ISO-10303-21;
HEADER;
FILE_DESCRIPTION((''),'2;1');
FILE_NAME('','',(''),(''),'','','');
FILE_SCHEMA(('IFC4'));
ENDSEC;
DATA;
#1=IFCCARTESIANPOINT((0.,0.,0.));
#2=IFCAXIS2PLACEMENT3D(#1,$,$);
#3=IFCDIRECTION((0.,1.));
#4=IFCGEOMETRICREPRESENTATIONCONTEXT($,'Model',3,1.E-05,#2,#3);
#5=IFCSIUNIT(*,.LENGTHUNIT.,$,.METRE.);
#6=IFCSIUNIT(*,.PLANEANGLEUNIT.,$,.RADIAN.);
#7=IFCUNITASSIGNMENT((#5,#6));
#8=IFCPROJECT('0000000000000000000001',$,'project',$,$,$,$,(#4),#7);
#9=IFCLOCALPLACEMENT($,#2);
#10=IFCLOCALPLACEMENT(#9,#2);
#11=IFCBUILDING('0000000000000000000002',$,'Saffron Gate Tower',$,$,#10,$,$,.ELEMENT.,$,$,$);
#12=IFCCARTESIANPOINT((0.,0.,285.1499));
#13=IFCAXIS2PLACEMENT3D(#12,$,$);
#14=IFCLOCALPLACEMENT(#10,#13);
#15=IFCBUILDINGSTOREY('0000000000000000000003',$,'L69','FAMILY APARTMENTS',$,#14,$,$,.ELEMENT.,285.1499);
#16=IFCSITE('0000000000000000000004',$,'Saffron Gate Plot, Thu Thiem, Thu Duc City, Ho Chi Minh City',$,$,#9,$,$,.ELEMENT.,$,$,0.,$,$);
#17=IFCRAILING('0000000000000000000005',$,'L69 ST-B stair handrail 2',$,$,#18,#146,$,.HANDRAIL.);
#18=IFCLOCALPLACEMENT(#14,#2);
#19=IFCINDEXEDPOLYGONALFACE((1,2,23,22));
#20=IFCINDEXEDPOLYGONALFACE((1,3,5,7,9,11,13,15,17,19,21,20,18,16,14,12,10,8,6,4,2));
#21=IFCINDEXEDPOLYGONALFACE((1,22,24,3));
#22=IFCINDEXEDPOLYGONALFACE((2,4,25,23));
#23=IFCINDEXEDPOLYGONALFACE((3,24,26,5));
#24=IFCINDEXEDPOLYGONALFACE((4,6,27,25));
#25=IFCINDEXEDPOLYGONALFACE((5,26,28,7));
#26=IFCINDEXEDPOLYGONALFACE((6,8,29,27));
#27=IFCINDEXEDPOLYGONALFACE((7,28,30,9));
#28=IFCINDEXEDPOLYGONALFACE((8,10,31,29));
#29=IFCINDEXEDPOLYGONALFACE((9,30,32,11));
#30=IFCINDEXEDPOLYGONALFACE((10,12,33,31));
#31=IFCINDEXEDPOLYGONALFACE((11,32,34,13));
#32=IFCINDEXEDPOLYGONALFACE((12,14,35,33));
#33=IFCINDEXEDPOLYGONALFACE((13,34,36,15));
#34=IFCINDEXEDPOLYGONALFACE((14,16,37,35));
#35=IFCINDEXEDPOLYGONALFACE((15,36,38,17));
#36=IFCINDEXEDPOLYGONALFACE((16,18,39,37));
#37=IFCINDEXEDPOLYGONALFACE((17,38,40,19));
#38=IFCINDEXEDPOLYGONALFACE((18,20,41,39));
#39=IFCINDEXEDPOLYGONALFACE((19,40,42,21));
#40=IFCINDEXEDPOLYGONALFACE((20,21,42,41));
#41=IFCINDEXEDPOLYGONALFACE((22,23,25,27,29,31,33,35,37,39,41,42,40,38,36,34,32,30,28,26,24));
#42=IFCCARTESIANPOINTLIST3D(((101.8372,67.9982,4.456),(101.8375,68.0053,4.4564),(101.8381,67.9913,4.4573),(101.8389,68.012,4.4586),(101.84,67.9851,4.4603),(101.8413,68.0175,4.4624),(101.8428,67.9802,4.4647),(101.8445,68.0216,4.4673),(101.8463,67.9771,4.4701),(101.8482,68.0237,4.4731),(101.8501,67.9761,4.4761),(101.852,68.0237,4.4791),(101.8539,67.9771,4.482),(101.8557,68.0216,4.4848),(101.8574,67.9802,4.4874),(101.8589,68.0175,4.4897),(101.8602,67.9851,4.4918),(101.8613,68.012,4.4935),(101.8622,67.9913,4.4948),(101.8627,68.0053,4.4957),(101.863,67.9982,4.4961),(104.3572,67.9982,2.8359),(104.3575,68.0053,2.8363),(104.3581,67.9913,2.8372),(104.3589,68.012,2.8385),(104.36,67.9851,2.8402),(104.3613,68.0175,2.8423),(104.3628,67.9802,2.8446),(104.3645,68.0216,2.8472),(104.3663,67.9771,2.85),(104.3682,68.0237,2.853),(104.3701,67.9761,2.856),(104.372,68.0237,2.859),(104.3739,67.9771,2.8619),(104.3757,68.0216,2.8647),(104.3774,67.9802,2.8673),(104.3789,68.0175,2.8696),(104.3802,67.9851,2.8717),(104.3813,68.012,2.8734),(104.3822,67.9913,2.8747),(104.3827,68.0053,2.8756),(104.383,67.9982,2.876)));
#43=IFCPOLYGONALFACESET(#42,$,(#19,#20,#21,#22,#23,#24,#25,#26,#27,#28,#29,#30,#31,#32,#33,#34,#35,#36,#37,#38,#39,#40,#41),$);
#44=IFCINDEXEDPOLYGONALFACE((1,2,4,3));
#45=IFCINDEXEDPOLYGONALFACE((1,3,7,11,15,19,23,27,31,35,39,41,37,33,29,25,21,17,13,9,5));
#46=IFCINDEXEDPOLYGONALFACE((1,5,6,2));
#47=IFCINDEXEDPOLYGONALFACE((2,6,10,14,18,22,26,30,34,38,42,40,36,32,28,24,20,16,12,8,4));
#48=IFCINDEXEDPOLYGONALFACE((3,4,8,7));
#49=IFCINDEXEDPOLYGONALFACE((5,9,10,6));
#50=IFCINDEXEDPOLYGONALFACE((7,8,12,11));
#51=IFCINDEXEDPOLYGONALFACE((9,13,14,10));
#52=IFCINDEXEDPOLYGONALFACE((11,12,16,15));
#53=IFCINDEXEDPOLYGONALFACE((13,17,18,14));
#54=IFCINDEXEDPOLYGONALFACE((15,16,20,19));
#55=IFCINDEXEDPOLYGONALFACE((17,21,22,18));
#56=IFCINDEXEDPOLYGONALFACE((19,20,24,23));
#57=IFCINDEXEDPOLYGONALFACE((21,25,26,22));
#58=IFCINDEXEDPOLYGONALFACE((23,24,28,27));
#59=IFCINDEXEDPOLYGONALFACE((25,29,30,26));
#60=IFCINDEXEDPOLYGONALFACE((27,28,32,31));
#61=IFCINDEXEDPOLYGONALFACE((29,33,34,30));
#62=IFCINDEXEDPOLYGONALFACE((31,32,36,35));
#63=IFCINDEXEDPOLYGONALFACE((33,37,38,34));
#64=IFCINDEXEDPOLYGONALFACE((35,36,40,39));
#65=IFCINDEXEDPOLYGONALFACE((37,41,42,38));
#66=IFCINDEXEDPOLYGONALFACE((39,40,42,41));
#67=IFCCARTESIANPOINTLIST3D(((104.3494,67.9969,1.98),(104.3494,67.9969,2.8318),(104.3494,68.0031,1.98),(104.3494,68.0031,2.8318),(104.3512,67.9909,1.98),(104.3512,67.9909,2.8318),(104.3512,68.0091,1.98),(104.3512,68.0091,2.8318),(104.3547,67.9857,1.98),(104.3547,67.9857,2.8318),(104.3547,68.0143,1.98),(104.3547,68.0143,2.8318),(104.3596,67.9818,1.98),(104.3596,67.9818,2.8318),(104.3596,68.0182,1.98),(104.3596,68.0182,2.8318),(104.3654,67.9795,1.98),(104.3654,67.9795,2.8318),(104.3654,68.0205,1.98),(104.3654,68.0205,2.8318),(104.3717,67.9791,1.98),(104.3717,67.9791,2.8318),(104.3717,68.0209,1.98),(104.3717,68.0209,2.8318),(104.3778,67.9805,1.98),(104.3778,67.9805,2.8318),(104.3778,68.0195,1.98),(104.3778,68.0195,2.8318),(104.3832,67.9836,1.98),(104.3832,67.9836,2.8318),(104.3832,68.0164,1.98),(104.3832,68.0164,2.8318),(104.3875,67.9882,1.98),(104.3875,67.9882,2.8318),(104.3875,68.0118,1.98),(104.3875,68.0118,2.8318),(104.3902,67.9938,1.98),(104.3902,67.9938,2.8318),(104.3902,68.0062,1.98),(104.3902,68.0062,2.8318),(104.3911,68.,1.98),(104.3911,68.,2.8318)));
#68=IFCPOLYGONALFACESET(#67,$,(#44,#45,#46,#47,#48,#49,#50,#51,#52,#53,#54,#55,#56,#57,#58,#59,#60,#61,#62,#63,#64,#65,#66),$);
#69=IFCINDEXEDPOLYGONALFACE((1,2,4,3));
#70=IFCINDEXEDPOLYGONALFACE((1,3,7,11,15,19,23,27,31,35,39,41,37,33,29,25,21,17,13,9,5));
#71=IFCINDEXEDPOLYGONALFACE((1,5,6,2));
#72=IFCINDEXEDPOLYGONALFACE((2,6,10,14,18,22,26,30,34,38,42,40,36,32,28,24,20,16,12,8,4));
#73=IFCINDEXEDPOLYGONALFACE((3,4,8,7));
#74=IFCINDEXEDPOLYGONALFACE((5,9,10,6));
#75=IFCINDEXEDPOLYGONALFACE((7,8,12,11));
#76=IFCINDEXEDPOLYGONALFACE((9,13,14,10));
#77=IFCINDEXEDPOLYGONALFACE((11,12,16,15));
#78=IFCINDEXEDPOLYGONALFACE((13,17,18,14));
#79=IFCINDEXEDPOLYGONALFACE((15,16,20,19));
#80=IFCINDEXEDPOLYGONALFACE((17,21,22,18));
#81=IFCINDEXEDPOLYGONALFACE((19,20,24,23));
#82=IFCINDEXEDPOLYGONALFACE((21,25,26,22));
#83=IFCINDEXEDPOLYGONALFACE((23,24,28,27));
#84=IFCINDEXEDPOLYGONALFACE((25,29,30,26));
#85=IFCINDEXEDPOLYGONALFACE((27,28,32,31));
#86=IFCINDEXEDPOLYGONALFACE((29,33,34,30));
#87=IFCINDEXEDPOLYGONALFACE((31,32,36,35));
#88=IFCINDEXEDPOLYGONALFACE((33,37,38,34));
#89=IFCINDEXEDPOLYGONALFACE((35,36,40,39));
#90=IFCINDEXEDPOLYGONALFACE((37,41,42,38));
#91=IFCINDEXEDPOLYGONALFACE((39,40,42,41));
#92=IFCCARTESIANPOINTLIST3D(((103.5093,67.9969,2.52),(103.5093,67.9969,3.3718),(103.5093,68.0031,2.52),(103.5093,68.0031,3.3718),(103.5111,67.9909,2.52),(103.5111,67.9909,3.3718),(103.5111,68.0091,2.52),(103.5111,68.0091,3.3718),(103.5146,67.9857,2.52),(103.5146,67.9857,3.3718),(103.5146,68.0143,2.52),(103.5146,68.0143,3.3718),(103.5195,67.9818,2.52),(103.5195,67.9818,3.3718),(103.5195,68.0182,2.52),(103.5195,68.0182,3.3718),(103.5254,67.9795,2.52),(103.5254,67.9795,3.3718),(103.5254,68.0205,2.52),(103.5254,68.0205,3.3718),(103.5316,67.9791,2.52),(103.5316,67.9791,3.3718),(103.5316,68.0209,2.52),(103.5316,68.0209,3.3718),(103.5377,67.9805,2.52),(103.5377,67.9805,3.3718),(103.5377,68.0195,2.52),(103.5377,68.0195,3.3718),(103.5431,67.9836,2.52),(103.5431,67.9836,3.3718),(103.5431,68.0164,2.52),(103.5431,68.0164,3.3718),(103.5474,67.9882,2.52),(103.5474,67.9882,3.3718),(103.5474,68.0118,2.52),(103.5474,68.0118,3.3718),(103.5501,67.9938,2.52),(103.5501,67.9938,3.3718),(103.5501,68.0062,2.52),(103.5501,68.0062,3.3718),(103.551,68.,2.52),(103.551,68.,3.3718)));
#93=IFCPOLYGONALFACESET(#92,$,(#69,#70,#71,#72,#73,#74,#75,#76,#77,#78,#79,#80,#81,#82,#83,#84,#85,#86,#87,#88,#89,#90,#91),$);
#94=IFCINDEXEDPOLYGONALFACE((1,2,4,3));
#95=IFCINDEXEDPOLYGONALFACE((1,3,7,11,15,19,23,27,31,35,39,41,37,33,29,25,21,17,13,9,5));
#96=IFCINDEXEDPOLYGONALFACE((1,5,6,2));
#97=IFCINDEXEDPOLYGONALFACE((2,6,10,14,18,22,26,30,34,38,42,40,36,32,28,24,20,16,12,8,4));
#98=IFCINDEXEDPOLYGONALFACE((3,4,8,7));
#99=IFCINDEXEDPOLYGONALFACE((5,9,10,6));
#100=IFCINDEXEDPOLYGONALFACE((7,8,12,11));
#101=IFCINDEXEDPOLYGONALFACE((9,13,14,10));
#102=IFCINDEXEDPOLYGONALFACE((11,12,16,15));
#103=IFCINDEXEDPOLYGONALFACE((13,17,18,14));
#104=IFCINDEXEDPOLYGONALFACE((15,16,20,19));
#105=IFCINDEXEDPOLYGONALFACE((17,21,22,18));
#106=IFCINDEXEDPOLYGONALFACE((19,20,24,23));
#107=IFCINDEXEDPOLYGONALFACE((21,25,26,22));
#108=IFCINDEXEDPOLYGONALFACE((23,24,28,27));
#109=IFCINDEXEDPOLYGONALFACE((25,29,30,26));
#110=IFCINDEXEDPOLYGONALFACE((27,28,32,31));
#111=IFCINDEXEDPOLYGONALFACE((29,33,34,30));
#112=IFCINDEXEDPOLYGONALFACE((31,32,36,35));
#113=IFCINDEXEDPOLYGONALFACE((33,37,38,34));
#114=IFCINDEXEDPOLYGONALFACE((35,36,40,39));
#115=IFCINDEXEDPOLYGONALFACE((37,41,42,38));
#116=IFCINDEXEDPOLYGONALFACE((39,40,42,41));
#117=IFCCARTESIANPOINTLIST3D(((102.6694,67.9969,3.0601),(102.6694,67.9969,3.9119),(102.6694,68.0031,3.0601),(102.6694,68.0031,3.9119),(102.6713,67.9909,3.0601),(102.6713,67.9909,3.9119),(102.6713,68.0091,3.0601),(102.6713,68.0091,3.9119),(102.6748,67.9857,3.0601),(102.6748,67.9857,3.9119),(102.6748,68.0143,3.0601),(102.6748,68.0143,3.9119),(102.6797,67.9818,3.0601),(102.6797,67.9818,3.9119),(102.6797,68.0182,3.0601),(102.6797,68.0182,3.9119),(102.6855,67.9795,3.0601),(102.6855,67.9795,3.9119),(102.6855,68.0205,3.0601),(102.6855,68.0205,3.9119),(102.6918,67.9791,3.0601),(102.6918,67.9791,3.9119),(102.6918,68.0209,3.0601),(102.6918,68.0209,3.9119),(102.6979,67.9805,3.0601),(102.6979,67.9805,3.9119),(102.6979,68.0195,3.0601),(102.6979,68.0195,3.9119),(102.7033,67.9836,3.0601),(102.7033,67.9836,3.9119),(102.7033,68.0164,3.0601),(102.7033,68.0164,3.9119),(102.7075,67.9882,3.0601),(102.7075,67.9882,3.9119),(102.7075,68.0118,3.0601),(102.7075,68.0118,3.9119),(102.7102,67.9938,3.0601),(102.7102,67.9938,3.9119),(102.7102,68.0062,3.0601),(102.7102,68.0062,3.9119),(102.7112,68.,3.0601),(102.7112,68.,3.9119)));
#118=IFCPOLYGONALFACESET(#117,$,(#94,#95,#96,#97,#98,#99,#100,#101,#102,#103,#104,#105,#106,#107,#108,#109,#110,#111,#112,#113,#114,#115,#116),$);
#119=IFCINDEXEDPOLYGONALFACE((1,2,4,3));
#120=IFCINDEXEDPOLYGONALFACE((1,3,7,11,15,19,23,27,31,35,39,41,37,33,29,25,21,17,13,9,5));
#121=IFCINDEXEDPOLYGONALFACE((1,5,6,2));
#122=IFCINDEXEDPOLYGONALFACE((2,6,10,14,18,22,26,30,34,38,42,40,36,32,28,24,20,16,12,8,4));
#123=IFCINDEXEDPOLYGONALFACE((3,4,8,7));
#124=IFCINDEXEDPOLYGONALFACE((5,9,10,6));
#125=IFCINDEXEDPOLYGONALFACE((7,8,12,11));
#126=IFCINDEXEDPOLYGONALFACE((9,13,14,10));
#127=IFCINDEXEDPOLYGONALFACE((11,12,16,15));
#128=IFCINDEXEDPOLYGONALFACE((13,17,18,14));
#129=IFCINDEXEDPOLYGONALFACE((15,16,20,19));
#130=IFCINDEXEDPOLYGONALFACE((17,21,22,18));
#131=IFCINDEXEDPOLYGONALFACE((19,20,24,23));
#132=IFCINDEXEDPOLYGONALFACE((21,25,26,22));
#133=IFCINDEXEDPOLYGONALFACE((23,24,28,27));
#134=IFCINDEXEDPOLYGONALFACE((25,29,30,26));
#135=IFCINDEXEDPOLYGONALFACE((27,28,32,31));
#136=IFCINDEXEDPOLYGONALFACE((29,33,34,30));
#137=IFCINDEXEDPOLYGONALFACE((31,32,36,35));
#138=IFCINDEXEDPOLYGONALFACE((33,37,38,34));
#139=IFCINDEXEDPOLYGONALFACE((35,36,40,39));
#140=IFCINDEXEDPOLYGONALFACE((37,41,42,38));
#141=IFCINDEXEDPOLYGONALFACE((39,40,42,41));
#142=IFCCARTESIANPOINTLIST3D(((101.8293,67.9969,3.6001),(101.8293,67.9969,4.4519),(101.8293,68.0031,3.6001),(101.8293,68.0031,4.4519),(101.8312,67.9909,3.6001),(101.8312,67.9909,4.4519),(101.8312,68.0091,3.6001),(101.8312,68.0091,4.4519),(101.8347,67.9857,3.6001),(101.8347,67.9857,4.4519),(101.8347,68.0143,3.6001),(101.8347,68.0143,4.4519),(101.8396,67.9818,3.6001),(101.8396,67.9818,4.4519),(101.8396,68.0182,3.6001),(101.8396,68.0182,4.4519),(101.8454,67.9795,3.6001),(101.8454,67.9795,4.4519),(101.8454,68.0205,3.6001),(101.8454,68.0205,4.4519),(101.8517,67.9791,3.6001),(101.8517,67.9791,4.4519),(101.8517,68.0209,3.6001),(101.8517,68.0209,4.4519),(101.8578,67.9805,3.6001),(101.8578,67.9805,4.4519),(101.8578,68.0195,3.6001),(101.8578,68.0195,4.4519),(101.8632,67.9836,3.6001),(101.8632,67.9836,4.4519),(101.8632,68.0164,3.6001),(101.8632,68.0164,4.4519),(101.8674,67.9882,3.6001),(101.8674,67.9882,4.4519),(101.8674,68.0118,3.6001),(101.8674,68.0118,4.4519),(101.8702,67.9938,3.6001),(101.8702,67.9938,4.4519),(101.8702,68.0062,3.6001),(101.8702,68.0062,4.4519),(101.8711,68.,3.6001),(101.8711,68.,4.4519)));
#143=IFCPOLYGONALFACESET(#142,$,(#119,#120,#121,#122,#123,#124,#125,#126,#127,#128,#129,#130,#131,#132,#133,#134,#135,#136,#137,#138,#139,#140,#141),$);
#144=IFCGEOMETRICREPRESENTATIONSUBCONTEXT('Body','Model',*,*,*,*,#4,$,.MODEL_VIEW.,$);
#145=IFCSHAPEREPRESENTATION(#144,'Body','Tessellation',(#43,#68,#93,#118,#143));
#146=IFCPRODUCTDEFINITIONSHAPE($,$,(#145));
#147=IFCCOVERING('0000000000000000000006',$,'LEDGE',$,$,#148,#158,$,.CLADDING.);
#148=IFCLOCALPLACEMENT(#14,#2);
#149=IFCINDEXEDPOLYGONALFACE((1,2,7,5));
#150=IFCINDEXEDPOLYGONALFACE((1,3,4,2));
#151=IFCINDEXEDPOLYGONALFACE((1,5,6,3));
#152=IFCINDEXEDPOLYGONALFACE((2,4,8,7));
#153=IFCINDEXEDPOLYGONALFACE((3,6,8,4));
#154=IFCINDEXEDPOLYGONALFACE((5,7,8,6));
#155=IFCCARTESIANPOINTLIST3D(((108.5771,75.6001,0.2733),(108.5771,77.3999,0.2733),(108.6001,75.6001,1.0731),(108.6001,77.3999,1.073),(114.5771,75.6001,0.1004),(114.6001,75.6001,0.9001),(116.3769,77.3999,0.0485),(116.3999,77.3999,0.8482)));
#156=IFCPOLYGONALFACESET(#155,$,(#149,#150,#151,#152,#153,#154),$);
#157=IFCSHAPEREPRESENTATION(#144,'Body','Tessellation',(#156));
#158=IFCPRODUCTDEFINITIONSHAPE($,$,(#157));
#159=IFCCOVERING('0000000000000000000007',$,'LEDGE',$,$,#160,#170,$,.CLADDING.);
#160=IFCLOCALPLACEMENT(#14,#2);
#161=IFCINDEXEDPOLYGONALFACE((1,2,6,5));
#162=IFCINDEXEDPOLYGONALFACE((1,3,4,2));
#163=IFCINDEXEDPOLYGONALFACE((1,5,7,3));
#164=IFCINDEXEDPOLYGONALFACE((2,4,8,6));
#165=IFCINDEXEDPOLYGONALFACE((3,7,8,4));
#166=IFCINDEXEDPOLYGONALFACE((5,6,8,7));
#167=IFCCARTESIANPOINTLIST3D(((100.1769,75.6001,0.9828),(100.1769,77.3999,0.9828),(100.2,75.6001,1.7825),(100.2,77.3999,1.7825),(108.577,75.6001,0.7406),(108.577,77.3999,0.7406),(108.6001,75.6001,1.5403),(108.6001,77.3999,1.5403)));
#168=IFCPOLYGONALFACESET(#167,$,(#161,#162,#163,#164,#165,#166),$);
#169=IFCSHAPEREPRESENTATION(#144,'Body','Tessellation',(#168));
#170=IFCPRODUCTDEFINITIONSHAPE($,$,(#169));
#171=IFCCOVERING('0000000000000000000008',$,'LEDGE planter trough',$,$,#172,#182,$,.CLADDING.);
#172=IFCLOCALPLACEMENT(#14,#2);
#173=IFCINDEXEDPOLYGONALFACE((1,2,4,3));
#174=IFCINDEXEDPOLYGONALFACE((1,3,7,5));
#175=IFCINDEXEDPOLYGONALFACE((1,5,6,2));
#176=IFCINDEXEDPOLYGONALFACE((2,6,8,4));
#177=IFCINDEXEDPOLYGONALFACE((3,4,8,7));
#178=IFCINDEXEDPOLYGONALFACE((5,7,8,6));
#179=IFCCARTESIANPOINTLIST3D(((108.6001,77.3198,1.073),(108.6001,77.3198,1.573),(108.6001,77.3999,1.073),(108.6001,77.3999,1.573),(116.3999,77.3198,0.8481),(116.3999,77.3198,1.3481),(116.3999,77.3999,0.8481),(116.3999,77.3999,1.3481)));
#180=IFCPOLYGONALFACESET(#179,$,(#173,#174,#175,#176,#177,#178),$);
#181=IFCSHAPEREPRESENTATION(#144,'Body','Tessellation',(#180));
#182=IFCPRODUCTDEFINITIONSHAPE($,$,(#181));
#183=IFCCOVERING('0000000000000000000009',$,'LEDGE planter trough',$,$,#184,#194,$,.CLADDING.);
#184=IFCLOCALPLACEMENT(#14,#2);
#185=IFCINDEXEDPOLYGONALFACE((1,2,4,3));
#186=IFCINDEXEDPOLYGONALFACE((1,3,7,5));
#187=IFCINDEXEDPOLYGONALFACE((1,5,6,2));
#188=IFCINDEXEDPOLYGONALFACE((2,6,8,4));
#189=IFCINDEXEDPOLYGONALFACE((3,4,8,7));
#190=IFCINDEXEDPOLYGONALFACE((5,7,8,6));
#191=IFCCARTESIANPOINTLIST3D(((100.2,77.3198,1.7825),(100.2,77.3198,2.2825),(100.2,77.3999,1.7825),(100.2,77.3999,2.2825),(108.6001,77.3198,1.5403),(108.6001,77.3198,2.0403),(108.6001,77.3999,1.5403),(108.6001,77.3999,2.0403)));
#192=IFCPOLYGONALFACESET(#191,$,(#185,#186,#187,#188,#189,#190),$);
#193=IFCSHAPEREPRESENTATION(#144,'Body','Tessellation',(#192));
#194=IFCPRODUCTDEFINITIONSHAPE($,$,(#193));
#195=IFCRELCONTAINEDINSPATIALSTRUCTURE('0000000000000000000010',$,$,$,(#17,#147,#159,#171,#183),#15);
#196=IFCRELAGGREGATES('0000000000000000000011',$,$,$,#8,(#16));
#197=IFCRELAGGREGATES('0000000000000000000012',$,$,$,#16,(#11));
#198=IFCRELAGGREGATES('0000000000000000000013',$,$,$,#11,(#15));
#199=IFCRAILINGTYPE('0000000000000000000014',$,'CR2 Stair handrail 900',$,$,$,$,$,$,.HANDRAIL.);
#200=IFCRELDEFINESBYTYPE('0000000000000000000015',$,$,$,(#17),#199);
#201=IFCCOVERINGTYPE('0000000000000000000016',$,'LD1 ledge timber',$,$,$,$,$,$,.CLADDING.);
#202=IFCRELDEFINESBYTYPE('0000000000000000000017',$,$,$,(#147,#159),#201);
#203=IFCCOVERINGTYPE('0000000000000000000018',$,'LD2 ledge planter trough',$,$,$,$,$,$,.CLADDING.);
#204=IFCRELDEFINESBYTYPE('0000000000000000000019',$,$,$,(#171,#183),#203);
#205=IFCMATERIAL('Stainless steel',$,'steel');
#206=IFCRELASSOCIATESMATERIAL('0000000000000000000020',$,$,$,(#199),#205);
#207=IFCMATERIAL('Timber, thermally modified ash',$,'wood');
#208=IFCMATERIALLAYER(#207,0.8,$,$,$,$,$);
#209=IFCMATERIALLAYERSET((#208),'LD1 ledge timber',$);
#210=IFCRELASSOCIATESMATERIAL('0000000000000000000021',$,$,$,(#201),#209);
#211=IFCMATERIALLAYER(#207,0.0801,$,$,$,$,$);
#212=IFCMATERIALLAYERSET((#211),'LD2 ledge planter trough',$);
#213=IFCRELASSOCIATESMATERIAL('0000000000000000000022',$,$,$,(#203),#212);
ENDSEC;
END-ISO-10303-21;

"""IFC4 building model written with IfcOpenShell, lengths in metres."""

from ifc_helpers import new_model, si_unit, direction, frame, origin, origin_2d, place, context, subcontext, project, spatial, polyline, circle, outline, extrude, material, layer, layer_set, type_object, element, save


model = new_model("IFC4")

# Units and contexts
model_context = context("Model", 3, precision=1e-05, world=origin(), true_north=direction((0.0, 1.0)))
body_context = subcontext(model_context, "Body", "Model", "MODEL_VIEW")
ifc_project = project(units=[si_unit("LENGTHUNIT", "METRE"), si_unit("PLANEANGLEUNIT", "RADIAN")], contexts=[model_context])

# Site, building, storey
site_placement = place(None, origin())
site = spatial("IfcSite", under=ifc_project, at=site_placement, Name="Saffron Gate Plot, Thu Thiem, Thu Duc City, Ho Chi Minh City", CompositionType="ELEMENT", RefElevation=0.0)
building_placement = place(site_placement, origin())
building = spatial("IfcBuilding", under=site, at=building_placement, Name="Saffron Gate Tower", CompositionType="ELEMENT")
storey_placement = place(building_placement, frame((0.0, 0.0, 285.1499)))
storey = spatial("IfcBuildingStorey", under=building, at=storey_placement, Name="L69", Description="FAMILY APARTMENTS", CompositionType="ELEMENT", Elevation=285.1499)

# Railing
ifc_material_1 = material(Name="Stainless steel", Category="steel")
railing_type_1 = type_object("IfcRailingType", Name="CR2 Stair handrail 900", PredefinedType="HANDRAIL", material=ifc_material_1)
railing_1_placement = place(storey_placement, frame((104.3701, 68.0, 1.98)))
element("IfcRailing", 1, at=railing_1_placement, inside=storey, type_object=railing_type_1, Name="L69 ST-B stair handrail 2", PredefinedType="HANDRAIL", context=body_context, shape_type="SweptSolid", body=[
    extrude(circle(Radius=0.0239, at=origin_2d()), frame((0.0, 0.0, 0.876), z_axis=(-0.841163, 0.0, 0.540782), x_axis=(0.0, -1.0, 0.0)), (0.0, 0.0, 1.0), 2.9958),
    extrude(circle(Radius=0.021, at=origin_2d()), origin(), (0.0, 0.0, 1.0), 0.8518),
    extrude(circle(Radius=0.021, at=origin_2d()), frame((-0.8401, 0.0, 0.54)), (0.0, 0.0, 1.0), 0.8518),
    extrude(circle(Radius=0.021, at=origin_2d()), frame((-1.6799, 0.0, 1.0801)), (0.0, 0.0, 1.0), 0.8518),
    extrude(circle(Radius=0.021, at=origin_2d()), frame((-2.52, 0.0, 1.6201)), (0.0, 0.0, 1.0), 0.8518),
])

# Coverings
ifc_material_2 = material(Name="Timber, thermally modified ash", Category="wood")
ifc_layer_1 = layer(ifc_material_2, 0.8)
ifc_layer_set_1 = layer_set([ifc_layer_1], Name="LD1 ledge timber")
covering_type_1 = type_object("IfcCoveringType", Name="LD1 ledge timber", PredefinedType="CLADDING", material=ifc_layer_set_1)
covering_1_placement = place(storey_placement, frame((114.6001, 75.6001, 0.9001), z_axis=(0.028808, 0.000037, 0.999585), x_axis=(-0.999585, 0.0, 0.028808)))
element("IfcCovering", 2, at=covering_1_placement, inside=storey, type_object=covering_type_1, Name="LEDGE", PredefinedType="CLADDING", context=body_context, shape_type="SweptSolid", body=[
    extrude(outline(polyline([(0.0, 0.0), (6.0025, 0.0), (6.0025, -1.7998), (-1.8006, -1.7998), (0.0, 0.0)])), origin(), (0.0, 0.0, -1.0), 0.8),
])
covering_2_placement = place(storey_placement, frame((108.6001, 75.6001, 1.5403), z_axis=(0.028819, 0.0, 0.999585), x_axis=(-0.999585, 0.0, 0.028819)))
element("IfcCovering", 3, at=covering_2_placement, inside=storey, type_object=covering_type_1, Name="LEDGE", PredefinedType="CLADDING", context=body_context, shape_type="SweptSolid", body=[
    extrude(outline(polyline([(0.0, 0.0), (8.4036, 0.0), (8.4036, -1.7998), (0.0, -1.7998), (0.0, 0.0)])), origin(), (0.0, 0.0, -1.0), 0.8),
])
ifc_layer_2 = layer(ifc_material_2, 0.0801)
ifc_layer_set_2 = layer_set([ifc_layer_2], Name="LD2 ledge planter trough")
covering_type_2 = type_object("IfcCoveringType", Name="LD2 ledge planter trough", PredefinedType="CLADDING", material=ifc_layer_set_2)
covering_3_placement = place(storey_placement, frame((116.3999, 77.3999, 0.8481), z_axis=(0.0, 1.0, 0.0), x_axis=(-0.999585, 0.0, 0.028816)))
element("IfcCovering", 4, at=covering_3_placement, inside=storey, type_object=covering_type_2, Name="LEDGE planter trough", PredefinedType="CLADDING", context=body_context, shape_type="SweptSolid", body=[
    extrude(outline(polyline([(0.0, 0.0), (7.803, 0.0), (7.8175, 0.4998), (0.0144, 0.4998), (0.0, 0.0)])), origin(), (0.0, 0.0, -1.0), 0.0801),
])
covering_4_placement = place(storey_placement, frame((108.6001, 77.3999, 1.5403), z_axis=(0.0, 1.0, 0.0), x_axis=(-0.999585, 0.0, 0.028819)))
element("IfcCovering", 5, at=covering_4_placement, inside=storey, type_object=covering_type_2, Name="LEDGE planter trough", PredefinedType="CLADDING", context=body_context, shape_type="SweptSolid", body=[
    extrude(outline(polyline([(0.0, 0.0), (8.4036, 0.0), (8.418, 0.4998), (0.0144, 0.4998), (0.0, 0.0)])), origin(), (0.0, 0.0, -1.0), 0.0801),
])

save(model, "model.ifc")
